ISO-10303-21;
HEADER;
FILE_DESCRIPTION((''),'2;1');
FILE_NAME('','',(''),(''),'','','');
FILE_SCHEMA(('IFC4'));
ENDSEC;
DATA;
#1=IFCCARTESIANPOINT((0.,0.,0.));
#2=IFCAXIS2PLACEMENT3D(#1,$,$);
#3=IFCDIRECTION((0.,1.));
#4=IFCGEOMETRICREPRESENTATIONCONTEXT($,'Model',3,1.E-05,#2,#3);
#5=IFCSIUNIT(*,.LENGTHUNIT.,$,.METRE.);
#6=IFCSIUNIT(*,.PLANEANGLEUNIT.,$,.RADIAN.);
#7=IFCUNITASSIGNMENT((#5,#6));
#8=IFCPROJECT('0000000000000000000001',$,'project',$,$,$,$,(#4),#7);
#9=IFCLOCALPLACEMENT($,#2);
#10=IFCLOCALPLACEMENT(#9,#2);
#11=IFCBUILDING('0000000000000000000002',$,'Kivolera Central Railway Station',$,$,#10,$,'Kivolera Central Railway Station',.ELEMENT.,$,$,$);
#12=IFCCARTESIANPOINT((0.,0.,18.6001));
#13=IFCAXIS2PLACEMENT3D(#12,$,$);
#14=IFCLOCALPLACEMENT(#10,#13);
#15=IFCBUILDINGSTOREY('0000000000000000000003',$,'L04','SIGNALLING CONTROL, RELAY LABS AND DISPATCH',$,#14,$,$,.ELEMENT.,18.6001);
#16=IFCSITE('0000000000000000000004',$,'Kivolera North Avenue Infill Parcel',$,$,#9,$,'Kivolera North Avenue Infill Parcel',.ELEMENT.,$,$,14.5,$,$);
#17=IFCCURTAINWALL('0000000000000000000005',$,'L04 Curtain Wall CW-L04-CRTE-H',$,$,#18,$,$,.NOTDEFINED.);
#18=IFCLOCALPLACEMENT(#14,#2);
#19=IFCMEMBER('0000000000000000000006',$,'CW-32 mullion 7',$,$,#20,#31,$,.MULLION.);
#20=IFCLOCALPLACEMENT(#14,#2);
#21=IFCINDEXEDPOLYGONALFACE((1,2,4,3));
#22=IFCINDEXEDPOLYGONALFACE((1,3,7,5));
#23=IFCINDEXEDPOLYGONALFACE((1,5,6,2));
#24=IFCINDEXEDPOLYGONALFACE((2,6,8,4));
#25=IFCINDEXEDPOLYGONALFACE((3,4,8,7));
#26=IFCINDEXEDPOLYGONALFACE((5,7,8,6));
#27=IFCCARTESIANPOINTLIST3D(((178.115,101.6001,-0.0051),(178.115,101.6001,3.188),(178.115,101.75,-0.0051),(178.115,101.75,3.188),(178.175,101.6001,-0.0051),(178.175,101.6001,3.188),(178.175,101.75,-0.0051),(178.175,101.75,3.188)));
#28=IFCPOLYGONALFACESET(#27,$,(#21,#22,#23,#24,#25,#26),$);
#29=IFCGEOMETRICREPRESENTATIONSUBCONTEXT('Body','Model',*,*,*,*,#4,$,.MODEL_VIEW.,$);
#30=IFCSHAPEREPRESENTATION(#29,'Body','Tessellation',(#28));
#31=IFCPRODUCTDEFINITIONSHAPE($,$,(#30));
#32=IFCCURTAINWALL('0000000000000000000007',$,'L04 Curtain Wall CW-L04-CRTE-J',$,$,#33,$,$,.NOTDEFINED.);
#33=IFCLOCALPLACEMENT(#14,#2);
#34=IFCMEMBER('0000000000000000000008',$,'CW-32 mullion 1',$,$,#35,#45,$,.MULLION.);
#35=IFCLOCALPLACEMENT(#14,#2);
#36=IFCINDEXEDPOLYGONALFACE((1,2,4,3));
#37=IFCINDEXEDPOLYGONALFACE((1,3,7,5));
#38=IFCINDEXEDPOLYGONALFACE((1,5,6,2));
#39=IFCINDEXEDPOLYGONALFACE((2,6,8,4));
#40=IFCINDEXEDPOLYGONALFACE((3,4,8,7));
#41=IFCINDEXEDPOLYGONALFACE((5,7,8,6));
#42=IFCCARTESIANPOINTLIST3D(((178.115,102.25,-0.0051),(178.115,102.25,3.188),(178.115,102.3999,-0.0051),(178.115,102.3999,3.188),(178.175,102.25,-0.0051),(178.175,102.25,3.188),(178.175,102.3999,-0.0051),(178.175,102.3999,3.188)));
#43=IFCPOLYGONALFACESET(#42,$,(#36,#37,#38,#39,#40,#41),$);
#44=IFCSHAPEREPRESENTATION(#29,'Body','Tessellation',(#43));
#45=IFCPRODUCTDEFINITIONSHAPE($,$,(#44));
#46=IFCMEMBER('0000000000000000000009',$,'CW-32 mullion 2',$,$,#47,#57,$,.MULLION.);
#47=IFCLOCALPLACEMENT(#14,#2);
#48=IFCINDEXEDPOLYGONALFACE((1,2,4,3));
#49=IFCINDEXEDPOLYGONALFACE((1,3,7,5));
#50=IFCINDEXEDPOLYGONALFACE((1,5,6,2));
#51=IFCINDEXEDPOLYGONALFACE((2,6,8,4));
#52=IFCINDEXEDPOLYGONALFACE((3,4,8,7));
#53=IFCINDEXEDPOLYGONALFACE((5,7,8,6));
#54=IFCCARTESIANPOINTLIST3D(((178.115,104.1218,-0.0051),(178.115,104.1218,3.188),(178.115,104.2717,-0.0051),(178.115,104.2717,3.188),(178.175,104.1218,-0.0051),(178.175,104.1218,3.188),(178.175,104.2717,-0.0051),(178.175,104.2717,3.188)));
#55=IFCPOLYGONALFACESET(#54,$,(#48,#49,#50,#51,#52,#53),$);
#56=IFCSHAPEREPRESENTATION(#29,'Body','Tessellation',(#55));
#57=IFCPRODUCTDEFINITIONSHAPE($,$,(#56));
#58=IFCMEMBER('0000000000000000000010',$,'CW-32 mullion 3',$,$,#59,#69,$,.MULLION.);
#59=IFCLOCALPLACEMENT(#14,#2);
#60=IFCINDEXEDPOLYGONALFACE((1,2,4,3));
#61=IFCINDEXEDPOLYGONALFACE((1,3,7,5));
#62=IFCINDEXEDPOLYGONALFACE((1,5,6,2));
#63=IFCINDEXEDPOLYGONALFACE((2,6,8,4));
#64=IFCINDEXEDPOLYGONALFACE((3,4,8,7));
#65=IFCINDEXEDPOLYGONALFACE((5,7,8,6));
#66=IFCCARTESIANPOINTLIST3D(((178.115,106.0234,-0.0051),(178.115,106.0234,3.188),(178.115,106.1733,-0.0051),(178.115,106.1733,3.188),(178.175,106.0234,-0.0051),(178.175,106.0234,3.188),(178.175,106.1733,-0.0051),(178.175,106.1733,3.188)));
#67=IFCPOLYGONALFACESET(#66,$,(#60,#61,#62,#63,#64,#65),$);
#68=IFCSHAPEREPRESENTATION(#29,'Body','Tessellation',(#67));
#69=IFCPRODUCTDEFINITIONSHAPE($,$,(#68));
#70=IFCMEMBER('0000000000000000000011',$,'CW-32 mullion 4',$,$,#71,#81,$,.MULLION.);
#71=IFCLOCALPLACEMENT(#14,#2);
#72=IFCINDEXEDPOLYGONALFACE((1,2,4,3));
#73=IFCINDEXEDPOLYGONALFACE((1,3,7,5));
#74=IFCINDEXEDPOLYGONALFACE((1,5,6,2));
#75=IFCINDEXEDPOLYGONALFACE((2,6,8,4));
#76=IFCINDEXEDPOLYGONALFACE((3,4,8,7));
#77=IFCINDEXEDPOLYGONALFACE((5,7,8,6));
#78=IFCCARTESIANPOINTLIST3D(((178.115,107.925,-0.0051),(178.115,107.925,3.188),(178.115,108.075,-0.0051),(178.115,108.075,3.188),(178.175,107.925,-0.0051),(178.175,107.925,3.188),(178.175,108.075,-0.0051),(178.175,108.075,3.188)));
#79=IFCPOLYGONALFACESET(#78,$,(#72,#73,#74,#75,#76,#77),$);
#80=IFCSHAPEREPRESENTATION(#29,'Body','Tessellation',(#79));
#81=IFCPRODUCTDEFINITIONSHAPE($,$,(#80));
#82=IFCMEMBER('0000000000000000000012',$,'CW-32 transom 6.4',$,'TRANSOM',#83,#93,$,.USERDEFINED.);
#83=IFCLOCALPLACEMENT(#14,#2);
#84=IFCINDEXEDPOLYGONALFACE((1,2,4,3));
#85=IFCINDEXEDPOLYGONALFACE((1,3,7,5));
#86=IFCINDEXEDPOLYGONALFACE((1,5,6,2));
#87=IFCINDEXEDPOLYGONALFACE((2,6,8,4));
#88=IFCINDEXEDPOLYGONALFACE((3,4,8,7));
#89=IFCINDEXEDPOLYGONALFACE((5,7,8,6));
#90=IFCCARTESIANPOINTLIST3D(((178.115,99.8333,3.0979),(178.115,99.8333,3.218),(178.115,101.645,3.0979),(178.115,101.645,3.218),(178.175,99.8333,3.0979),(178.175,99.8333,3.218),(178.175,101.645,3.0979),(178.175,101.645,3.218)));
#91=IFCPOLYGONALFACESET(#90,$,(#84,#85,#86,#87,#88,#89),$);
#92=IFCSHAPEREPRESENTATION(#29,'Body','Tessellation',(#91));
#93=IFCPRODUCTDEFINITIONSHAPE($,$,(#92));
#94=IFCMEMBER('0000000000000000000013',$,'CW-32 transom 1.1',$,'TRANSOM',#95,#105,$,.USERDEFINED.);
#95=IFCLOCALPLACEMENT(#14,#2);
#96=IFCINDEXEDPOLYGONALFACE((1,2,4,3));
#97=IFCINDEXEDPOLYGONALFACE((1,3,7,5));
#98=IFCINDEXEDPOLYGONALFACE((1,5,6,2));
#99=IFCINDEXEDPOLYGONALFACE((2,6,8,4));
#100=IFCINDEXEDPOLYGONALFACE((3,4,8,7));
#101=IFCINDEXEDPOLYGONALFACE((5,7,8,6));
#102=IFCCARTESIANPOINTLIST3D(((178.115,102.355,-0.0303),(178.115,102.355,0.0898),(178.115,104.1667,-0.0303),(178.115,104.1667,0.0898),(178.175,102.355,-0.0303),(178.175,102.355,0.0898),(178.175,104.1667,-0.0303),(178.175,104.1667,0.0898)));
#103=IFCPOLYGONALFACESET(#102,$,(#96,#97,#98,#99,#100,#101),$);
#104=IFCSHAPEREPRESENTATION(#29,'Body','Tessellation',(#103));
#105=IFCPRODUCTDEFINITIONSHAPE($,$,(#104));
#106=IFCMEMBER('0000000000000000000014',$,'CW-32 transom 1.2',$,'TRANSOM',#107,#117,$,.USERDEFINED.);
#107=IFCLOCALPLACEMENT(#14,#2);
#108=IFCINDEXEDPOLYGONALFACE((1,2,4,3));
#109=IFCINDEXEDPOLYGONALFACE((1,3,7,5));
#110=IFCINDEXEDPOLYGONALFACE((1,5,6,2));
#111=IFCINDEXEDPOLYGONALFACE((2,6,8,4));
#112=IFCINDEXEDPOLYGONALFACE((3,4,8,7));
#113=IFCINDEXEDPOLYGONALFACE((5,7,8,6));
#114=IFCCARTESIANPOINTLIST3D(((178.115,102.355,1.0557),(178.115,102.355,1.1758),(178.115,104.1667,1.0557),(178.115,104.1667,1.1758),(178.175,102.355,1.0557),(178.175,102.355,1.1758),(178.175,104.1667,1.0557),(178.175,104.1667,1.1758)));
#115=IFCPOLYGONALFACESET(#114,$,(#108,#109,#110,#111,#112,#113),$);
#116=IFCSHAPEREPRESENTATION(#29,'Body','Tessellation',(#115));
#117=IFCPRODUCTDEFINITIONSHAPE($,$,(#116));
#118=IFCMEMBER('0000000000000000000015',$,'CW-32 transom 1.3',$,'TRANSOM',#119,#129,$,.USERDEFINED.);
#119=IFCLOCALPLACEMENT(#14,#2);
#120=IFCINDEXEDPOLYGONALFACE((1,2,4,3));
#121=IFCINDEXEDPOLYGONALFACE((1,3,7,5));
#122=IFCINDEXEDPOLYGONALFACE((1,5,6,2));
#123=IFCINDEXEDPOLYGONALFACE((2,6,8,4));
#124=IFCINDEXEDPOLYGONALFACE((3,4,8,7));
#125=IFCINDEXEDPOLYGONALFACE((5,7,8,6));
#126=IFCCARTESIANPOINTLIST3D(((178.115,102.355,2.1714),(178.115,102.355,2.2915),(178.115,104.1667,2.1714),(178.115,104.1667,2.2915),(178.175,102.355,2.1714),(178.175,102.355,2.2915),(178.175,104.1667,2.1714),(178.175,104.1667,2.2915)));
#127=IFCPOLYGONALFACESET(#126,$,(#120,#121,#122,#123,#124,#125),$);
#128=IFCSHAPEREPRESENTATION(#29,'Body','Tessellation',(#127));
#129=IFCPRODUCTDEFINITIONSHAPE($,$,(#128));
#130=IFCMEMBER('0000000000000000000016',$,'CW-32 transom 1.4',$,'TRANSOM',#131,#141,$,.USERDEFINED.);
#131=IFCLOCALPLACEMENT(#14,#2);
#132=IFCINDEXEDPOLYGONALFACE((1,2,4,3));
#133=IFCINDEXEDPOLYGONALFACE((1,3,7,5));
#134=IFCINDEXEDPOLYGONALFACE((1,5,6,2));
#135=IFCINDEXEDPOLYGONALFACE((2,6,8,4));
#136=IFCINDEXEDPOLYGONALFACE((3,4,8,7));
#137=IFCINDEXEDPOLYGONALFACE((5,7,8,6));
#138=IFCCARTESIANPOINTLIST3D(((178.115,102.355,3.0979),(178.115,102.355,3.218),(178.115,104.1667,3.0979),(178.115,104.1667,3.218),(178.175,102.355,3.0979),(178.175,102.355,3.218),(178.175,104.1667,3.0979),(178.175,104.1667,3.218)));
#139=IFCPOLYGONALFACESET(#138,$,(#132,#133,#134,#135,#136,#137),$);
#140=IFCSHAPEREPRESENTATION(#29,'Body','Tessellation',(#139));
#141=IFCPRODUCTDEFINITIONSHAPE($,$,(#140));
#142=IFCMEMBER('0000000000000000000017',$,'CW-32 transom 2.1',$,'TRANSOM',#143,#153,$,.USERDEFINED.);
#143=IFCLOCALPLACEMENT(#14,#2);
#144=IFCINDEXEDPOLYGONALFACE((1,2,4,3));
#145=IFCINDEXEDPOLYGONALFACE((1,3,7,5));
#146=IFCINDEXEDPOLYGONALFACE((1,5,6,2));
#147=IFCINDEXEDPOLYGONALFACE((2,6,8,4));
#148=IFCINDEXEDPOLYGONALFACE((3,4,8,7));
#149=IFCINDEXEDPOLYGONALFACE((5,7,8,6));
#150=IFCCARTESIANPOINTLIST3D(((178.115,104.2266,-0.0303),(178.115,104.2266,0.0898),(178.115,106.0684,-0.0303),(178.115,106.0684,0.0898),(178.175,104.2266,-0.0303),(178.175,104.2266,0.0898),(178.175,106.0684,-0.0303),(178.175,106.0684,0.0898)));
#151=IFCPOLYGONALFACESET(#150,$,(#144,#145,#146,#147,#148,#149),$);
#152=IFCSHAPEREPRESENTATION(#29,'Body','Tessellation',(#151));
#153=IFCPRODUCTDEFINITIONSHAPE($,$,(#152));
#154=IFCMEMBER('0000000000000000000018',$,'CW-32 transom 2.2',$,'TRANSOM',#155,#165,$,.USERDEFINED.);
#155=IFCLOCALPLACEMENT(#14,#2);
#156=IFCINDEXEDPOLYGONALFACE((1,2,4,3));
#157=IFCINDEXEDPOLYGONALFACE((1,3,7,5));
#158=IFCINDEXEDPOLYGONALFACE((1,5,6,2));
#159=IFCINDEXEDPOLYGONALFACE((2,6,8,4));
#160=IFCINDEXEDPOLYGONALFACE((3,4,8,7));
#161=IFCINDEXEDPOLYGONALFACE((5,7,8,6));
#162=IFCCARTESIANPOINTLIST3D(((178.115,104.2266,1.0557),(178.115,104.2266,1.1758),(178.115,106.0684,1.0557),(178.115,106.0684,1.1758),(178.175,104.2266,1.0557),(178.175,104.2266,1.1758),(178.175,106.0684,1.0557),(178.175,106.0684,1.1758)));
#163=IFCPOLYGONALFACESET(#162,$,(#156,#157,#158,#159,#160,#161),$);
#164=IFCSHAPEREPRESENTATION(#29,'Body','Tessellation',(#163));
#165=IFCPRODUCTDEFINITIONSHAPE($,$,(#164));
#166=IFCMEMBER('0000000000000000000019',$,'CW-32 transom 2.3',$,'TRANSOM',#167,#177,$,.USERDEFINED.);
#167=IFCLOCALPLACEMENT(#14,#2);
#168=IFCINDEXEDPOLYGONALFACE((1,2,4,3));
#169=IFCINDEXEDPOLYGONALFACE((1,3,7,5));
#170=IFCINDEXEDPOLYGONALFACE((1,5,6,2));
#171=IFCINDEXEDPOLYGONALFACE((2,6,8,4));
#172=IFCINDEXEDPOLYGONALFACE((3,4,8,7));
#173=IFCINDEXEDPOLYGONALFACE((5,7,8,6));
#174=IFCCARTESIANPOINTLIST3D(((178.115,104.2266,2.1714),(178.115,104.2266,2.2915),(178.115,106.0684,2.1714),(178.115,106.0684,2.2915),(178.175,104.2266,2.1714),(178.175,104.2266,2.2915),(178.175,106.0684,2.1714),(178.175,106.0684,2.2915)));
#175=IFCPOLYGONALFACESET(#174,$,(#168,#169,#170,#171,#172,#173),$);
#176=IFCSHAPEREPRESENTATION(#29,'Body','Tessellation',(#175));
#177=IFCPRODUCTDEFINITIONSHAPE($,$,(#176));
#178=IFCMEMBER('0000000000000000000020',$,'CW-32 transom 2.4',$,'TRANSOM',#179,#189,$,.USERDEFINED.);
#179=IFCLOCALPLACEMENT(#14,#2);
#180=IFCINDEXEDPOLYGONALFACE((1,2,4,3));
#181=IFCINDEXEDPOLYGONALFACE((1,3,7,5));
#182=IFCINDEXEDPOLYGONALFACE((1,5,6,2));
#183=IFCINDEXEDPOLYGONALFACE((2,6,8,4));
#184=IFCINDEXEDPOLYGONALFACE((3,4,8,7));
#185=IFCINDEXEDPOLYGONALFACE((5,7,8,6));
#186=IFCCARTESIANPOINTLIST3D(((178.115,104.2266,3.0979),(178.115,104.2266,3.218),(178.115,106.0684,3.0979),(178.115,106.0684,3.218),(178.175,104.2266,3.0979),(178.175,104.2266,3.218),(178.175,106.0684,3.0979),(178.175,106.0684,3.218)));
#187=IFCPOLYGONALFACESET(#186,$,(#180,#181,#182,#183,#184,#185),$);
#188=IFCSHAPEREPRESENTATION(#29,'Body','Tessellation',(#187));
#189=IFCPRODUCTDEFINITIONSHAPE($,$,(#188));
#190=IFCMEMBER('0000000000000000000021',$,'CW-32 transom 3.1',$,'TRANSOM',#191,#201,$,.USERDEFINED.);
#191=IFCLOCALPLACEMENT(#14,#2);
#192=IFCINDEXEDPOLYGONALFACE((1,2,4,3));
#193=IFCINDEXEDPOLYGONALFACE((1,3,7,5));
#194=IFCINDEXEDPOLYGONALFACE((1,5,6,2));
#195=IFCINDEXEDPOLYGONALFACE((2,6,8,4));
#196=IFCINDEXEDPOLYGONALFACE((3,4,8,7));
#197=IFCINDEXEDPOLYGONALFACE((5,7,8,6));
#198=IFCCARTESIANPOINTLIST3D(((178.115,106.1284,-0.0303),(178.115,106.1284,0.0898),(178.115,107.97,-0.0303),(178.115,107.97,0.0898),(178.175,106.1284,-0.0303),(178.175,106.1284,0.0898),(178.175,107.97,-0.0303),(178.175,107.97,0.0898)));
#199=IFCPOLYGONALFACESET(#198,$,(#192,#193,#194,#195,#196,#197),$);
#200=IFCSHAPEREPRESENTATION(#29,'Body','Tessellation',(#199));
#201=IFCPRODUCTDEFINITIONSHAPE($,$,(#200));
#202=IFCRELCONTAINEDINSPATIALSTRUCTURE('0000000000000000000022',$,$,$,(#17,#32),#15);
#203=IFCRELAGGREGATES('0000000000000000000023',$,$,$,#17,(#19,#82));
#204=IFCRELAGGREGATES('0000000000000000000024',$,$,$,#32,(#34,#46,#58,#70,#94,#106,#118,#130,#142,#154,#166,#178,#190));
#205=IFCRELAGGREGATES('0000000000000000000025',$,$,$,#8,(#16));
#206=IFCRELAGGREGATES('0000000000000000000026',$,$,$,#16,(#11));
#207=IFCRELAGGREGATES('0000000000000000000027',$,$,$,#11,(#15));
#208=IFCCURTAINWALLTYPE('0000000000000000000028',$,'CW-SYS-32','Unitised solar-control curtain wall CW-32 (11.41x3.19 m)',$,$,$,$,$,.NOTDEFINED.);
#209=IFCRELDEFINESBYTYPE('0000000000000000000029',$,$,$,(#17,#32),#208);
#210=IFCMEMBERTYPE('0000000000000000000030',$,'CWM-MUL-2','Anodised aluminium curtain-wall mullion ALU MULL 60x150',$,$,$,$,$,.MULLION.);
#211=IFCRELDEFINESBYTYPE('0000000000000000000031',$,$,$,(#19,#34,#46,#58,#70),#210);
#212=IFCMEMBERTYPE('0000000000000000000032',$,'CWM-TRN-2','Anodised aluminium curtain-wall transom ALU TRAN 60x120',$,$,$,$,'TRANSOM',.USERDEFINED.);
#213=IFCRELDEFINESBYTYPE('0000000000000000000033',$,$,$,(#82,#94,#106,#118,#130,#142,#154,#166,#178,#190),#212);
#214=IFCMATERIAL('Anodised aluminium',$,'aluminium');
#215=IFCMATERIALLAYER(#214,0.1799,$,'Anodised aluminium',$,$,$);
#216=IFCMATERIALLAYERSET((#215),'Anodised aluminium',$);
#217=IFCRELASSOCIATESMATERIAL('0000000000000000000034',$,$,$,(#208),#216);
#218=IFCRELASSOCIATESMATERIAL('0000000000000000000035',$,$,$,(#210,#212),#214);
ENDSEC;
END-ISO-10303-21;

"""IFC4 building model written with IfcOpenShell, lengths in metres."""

from ifc_helpers import new_model, si_unit, direction, frame, origin, origin_2d, place, context, subcontext, project, spatial, rectangle, extrude, material, layer, layer_set, material_profile, profile_set, type_object, element, aggregate, save


model = new_model("IFC4")

# Units and contexts
model_context = context("Model", 3, precision=1e-05, world=origin(), true_north=direction((0.0, 1.0)))
body_context = subcontext(model_context, "Body", "Model", "MODEL_VIEW")
ifc_project = project(units=[si_unit("LENGTHUNIT", "METRE"), si_unit("PLANEANGLEUNIT", "RADIAN")], contexts=[model_context])

# Site, building, storey
site_placement = place(None, origin())
site = spatial("IfcSite", under=ifc_project, at=site_placement, Name="Kivolera North Avenue Infill Parcel", LongName="Kivolera North Avenue Infill Parcel", CompositionType="ELEMENT", RefElevation=14.5)
building_placement = place(site_placement, origin())
building = spatial("IfcBuilding", under=site, at=building_placement, Name="Kivolera Central Railway Station", LongName="Kivolera Central Railway Station", CompositionType="ELEMENT")
storey_placement = place(building_placement, frame((0.0, 0.0, 18.6001)))
storey = spatial("IfcBuildingStorey", under=building, at=storey_placement, Name="L04", Description="SIGNALLING CONTROL, RELAY LABS AND DISPATCH", CompositionType="ELEMENT", Elevation=18.6001)

# Curtain wall, member
ifc_material_1 = material(Name="Anodised aluminium", Category="aluminium")
ifc_layer_1 = layer(ifc_material_1, 0.1799, Name="Anodised aluminium")
ifc_layer_set_1 = layer_set([ifc_layer_1], Name="Anodised aluminium")
curtain_wall_type = type_object("IfcCurtainWallType", Name="CW-SYS-32", Description="Unitised solar-control curtain wall CW-32 (11.41x3.19 m)", PredefinedType="NOTDEFINED", material=ifc_layer_set_1)
curtain_wall_1_placement = place(storey_placement, origin())
curtain_wall_1 = element("IfcCurtainWall", 1, at=curtain_wall_1_placement, inside=storey, type_object=curtain_wall_type, Name="L04 Curtain Wall CW-L04-CRTE-H", PredefinedType="NOTDEFINED")
ifc_material_profile_1 = material_profile(ifc_material_1, rectangle(XDim=0.0601, YDim=0.1499, at=origin_2d()), Name="ALU MULL 60x150")
ifc_profile_set_1 = profile_set([ifc_material_profile_1], Name="Anodised aluminium")
member_type_1 = type_object("IfcMemberType", Name="CWM-MUL-2", Description="Anodised aluminium curtain-wall mullion ALU MULL 60x150", PredefinedType="MULLION", material=ifc_profile_set_1)
member_1_placement = place(storey_placement, frame((178.145, 101.675, -0.0051), z_axis=(0.0, 0.0, 1.0), x_axis=(-1.0, 0.0, 0.0)))
member_1 = element("IfcMember", 2, at=member_1_placement, type_object=member_type_1, Name="CW-32 mullion 7", PredefinedType="MULLION", context=body_context, shape_type="SweptSolid", body=[
    extrude(rectangle(XDim=0.0601, YDim=0.1499, at=origin_2d()), origin(), (0.0, 0.0, 1.0), 3.1931),
])

# Curtain wall, members
curtain_wall_2_placement = place(storey_placement, origin())
curtain_wall_2 = element("IfcCurtainWall", 3, at=curtain_wall_2_placement, inside=storey, type_object=curtain_wall_type, Name="L04 Curtain Wall CW-L04-CRTE-J", PredefinedType="NOTDEFINED")
member_2_placement = place(storey_placement, frame((178.145, 102.325, -0.0051), z_axis=(0.0, 0.0, 1.0), x_axis=(-1.0, 0.0, 0.0)))
member_2 = element("IfcMember", 4, at=member_2_placement, type_object=member_type_1, Name="CW-32 mullion 1", PredefinedType="MULLION", context=body_context, shape_type="SweptSolid", body=[
    extrude(rectangle(XDim=0.0601, YDim=0.1499, at=origin_2d()), origin(), (0.0, 0.0, 1.0), 3.1931),
])
member_3_placement = place(storey_placement, frame((178.145, 104.1968, -0.0051), z_axis=(0.0, 0.0, 1.0), x_axis=(-1.0, 0.0, 0.0)))
member_3 = element("IfcMember", 5, at=member_3_placement, type_object=member_type_1, Name="CW-32 mullion 2", PredefinedType="MULLION", context=body_context, shape_type="SweptSolid", body=[
    extrude(rectangle(XDim=0.0601, YDim=0.1499, at=origin_2d()), origin(), (0.0, 0.0, 1.0), 3.1931),
])
member_4_placement = place(storey_placement, frame((178.145, 106.0984, -0.0051), z_axis=(0.0, 0.0, 1.0), x_axis=(-1.0, 0.0, 0.0)))
member_4 = element("IfcMember", 6, at=member_4_placement, type_object=member_type_1, Name="CW-32 mullion 3", PredefinedType="MULLION", context=body_context, shape_type="SweptSolid", body=[
    extrude(rectangle(XDim=0.0601, YDim=0.1499, at=origin_2d()), origin(), (0.0, 0.0, 1.0), 3.1931),
])
member_5_placement = place(storey_placement, frame((178.145, 108.0, -0.0051), z_axis=(0.0, 0.0, 1.0), x_axis=(-1.0, 0.0, 0.0)))
member_5 = element("IfcMember", 7, at=member_5_placement, type_object=member_type_1, Name="CW-32 mullion 4", PredefinedType="MULLION", context=body_context, shape_type="SweptSolid", body=[
    extrude(rectangle(XDim=0.0601, YDim=0.1499, at=origin_2d()), origin(), (0.0, 0.0, 1.0), 3.1931),
])

# Members
ifc_material_profile_2 = material_profile(ifc_material_1, rectangle(XDim=0.0601, YDim=0.1201, at=origin_2d()), Name="ALU TRAN 60x120")
ifc_profile_set_2 = profile_set([ifc_material_profile_2], Name="Anodised aluminium")
member_type_2 = type_object("IfcMemberType", Name="CWM-TRN-2", Description="Anodised aluminium curtain-wall transom ALU TRAN 60x120", ElementType="TRANSOM", PredefinedType="USERDEFINED", material=ifc_profile_set_2)
member_6_placement = place(storey_placement, frame((178.145, 99.8333, 3.158), z_axis=(0.0, 1.0, 0.0), x_axis=(-1.0, 0.0, 0.0)))
member_6 = element("IfcMember", 8, at=member_6_placement, type_object=member_type_2, Name="CW-32 transom 6.4", ObjectType="TRANSOM", PredefinedType="USERDEFINED", context=body_context, shape_type="SweptSolid", body=[
    extrude(rectangle(XDim=0.0601, YDim=0.1201, at=origin_2d()), origin(), (0.0, 0.0, 1.0), 1.8118),
])
member_7_placement = place(storey_placement, frame((178.145, 102.355, 0.0298), z_axis=(0.0, 1.0, 0.0), x_axis=(-1.0, 0.0, 0.0)))
member_7 = element("IfcMember", 9, at=member_7_placement, type_object=member_type_2, Name="CW-32 transom 1.1", ObjectType="TRANSOM", PredefinedType="USERDEFINED", context=body_context, shape_type="SweptSolid", body=[
    extrude(rectangle(XDim=0.0601, YDim=0.1201, at=origin_2d()), origin(), (0.0, 0.0, 1.0), 1.8118),
])
member_8_placement = place(storey_placement, frame((178.145, 102.355, 1.1157), z_axis=(0.0, 1.0, 0.0), x_axis=(-1.0, 0.0, 0.0)))
member_8 = element("IfcMember", 10, at=member_8_placement, type_object=member_type_2, Name="CW-32 transom 1.2", ObjectType="TRANSOM", PredefinedType="USERDEFINED", context=body_context, shape_type="SweptSolid", body=[
    extrude(rectangle(XDim=0.0601, YDim=0.1201, at=origin_2d()), origin(), (0.0, 0.0, 1.0), 1.8118),
])
member_9_placement = place(storey_placement, frame((178.145, 102.355, 2.2314), z_axis=(0.0, 1.0, 0.0), x_axis=(-1.0, 0.0, 0.0)))
member_9 = element("IfcMember", 11, at=member_9_placement, type_object=member_type_2, Name="CW-32 transom 1.3", ObjectType="TRANSOM", PredefinedType="USERDEFINED", context=body_context, shape_type="SweptSolid", body=[
    extrude(rectangle(XDim=0.0601, YDim=0.1201, at=origin_2d()), origin(), (0.0, 0.0, 1.0), 1.8118),
])
member_10_placement = place(storey_placement, frame((178.145, 102.355, 3.158), z_axis=(0.0, 1.0, 0.0), x_axis=(-1.0, 0.0, 0.0)))
member_10 = element("IfcMember", 12, at=member_10_placement, type_object=member_type_2, Name="CW-32 transom 1.4", ObjectType="TRANSOM", PredefinedType="USERDEFINED", context=body_context, shape_type="SweptSolid", body=[
    extrude(rectangle(XDim=0.0601, YDim=0.1201, at=origin_2d()), origin(), (0.0, 0.0, 1.0), 1.8118),
])
member_11_placement = place(storey_placement, frame((178.145, 104.2266, 0.0298), z_axis=(0.0, 1.0, 0.0), x_axis=(-1.0, 0.0, 0.0)))
member_11 = element("IfcMember", 13, at=member_11_placement, type_object=member_type_2, Name="CW-32 transom 2.1", ObjectType="TRANSOM", PredefinedType="USERDEFINED", context=body_context, shape_type="SweptSolid", body=[
    extrude(rectangle(XDim=0.0601, YDim=0.1201, at=origin_2d()), origin(), (0.0, 0.0, 1.0), 1.8418),
])
member_12_placement = place(storey_placement, frame((178.145, 104.2266, 1.1157), z_axis=(0.0, 1.0, 0.0), x_axis=(-1.0, 0.0, 0.0)))
member_12 = element("IfcMember", 14, at=member_12_placement, type_object=member_type_2, Name="CW-32 transom 2.2", ObjectType="TRANSOM", PredefinedType="USERDEFINED", context=body_context, shape_type="SweptSolid", body=[
    extrude(rectangle(XDim=0.0601, YDim=0.1201, at=origin_2d()), origin(), (0.0, 0.0, 1.0), 1.8418),
])
member_13_placement = place(storey_placement, frame((178.145, 104.2266, 2.2314), z_axis=(0.0, 1.0, 0.0), x_axis=(-1.0, 0.0, 0.0)))
member_13 = element("IfcMember", 15, at=member_13_placement, type_object=member_type_2, Name="CW-32 transom 2.3", ObjectType="TRANSOM", PredefinedType="USERDEFINED", context=body_context, shape_type="SweptSolid", body=[
    extrude(rectangle(XDim=0.0601, YDim=0.1201, at=origin_2d()), origin(), (0.0, 0.0, 1.0), 1.8418),
])
member_14_placement = place(storey_placement, frame((178.145, 104.2266, 3.158), z_axis=(0.0, 1.0, 0.0), x_axis=(-1.0, 0.0, 0.0)))
member_14 = element("IfcMember", 16, at=member_14_placement, type_object=member_type_2, Name="CW-32 transom 2.4", ObjectType="TRANSOM", PredefinedType="USERDEFINED", context=body_context, shape_type="SweptSolid", body=[
    extrude(rectangle(XDim=0.0601, YDim=0.1201, at=origin_2d()), origin(), (0.0, 0.0, 1.0), 1.8418),
])
member_15_placement = place(storey_placement, frame((178.145, 106.1284, 0.0298), z_axis=(0.0, 1.0, 0.0), x_axis=(-1.0, 0.0, 0.0)))
member_15 = element("IfcMember", 17, at=member_15_placement, type_object=member_type_2, Name="CW-32 transom 3.1", ObjectType="TRANSOM", PredefinedType="USERDEFINED", context=body_context, shape_type="SweptSolid", body=[
    extrude(rectangle(XDim=0.0601, YDim=0.1201, at=origin_2d()), origin(), (0.0, 0.0, 1.0), 1.8416),
])

aggregate(curtain_wall_1, [member_1, member_6])
aggregate(curtain_wall_2, [member_2, member_3, member_4, member_5, member_7, member_8, member_9, member_10, member_11, member_12, member_13, member_14, member_15])

save(model, "model.ifc")
